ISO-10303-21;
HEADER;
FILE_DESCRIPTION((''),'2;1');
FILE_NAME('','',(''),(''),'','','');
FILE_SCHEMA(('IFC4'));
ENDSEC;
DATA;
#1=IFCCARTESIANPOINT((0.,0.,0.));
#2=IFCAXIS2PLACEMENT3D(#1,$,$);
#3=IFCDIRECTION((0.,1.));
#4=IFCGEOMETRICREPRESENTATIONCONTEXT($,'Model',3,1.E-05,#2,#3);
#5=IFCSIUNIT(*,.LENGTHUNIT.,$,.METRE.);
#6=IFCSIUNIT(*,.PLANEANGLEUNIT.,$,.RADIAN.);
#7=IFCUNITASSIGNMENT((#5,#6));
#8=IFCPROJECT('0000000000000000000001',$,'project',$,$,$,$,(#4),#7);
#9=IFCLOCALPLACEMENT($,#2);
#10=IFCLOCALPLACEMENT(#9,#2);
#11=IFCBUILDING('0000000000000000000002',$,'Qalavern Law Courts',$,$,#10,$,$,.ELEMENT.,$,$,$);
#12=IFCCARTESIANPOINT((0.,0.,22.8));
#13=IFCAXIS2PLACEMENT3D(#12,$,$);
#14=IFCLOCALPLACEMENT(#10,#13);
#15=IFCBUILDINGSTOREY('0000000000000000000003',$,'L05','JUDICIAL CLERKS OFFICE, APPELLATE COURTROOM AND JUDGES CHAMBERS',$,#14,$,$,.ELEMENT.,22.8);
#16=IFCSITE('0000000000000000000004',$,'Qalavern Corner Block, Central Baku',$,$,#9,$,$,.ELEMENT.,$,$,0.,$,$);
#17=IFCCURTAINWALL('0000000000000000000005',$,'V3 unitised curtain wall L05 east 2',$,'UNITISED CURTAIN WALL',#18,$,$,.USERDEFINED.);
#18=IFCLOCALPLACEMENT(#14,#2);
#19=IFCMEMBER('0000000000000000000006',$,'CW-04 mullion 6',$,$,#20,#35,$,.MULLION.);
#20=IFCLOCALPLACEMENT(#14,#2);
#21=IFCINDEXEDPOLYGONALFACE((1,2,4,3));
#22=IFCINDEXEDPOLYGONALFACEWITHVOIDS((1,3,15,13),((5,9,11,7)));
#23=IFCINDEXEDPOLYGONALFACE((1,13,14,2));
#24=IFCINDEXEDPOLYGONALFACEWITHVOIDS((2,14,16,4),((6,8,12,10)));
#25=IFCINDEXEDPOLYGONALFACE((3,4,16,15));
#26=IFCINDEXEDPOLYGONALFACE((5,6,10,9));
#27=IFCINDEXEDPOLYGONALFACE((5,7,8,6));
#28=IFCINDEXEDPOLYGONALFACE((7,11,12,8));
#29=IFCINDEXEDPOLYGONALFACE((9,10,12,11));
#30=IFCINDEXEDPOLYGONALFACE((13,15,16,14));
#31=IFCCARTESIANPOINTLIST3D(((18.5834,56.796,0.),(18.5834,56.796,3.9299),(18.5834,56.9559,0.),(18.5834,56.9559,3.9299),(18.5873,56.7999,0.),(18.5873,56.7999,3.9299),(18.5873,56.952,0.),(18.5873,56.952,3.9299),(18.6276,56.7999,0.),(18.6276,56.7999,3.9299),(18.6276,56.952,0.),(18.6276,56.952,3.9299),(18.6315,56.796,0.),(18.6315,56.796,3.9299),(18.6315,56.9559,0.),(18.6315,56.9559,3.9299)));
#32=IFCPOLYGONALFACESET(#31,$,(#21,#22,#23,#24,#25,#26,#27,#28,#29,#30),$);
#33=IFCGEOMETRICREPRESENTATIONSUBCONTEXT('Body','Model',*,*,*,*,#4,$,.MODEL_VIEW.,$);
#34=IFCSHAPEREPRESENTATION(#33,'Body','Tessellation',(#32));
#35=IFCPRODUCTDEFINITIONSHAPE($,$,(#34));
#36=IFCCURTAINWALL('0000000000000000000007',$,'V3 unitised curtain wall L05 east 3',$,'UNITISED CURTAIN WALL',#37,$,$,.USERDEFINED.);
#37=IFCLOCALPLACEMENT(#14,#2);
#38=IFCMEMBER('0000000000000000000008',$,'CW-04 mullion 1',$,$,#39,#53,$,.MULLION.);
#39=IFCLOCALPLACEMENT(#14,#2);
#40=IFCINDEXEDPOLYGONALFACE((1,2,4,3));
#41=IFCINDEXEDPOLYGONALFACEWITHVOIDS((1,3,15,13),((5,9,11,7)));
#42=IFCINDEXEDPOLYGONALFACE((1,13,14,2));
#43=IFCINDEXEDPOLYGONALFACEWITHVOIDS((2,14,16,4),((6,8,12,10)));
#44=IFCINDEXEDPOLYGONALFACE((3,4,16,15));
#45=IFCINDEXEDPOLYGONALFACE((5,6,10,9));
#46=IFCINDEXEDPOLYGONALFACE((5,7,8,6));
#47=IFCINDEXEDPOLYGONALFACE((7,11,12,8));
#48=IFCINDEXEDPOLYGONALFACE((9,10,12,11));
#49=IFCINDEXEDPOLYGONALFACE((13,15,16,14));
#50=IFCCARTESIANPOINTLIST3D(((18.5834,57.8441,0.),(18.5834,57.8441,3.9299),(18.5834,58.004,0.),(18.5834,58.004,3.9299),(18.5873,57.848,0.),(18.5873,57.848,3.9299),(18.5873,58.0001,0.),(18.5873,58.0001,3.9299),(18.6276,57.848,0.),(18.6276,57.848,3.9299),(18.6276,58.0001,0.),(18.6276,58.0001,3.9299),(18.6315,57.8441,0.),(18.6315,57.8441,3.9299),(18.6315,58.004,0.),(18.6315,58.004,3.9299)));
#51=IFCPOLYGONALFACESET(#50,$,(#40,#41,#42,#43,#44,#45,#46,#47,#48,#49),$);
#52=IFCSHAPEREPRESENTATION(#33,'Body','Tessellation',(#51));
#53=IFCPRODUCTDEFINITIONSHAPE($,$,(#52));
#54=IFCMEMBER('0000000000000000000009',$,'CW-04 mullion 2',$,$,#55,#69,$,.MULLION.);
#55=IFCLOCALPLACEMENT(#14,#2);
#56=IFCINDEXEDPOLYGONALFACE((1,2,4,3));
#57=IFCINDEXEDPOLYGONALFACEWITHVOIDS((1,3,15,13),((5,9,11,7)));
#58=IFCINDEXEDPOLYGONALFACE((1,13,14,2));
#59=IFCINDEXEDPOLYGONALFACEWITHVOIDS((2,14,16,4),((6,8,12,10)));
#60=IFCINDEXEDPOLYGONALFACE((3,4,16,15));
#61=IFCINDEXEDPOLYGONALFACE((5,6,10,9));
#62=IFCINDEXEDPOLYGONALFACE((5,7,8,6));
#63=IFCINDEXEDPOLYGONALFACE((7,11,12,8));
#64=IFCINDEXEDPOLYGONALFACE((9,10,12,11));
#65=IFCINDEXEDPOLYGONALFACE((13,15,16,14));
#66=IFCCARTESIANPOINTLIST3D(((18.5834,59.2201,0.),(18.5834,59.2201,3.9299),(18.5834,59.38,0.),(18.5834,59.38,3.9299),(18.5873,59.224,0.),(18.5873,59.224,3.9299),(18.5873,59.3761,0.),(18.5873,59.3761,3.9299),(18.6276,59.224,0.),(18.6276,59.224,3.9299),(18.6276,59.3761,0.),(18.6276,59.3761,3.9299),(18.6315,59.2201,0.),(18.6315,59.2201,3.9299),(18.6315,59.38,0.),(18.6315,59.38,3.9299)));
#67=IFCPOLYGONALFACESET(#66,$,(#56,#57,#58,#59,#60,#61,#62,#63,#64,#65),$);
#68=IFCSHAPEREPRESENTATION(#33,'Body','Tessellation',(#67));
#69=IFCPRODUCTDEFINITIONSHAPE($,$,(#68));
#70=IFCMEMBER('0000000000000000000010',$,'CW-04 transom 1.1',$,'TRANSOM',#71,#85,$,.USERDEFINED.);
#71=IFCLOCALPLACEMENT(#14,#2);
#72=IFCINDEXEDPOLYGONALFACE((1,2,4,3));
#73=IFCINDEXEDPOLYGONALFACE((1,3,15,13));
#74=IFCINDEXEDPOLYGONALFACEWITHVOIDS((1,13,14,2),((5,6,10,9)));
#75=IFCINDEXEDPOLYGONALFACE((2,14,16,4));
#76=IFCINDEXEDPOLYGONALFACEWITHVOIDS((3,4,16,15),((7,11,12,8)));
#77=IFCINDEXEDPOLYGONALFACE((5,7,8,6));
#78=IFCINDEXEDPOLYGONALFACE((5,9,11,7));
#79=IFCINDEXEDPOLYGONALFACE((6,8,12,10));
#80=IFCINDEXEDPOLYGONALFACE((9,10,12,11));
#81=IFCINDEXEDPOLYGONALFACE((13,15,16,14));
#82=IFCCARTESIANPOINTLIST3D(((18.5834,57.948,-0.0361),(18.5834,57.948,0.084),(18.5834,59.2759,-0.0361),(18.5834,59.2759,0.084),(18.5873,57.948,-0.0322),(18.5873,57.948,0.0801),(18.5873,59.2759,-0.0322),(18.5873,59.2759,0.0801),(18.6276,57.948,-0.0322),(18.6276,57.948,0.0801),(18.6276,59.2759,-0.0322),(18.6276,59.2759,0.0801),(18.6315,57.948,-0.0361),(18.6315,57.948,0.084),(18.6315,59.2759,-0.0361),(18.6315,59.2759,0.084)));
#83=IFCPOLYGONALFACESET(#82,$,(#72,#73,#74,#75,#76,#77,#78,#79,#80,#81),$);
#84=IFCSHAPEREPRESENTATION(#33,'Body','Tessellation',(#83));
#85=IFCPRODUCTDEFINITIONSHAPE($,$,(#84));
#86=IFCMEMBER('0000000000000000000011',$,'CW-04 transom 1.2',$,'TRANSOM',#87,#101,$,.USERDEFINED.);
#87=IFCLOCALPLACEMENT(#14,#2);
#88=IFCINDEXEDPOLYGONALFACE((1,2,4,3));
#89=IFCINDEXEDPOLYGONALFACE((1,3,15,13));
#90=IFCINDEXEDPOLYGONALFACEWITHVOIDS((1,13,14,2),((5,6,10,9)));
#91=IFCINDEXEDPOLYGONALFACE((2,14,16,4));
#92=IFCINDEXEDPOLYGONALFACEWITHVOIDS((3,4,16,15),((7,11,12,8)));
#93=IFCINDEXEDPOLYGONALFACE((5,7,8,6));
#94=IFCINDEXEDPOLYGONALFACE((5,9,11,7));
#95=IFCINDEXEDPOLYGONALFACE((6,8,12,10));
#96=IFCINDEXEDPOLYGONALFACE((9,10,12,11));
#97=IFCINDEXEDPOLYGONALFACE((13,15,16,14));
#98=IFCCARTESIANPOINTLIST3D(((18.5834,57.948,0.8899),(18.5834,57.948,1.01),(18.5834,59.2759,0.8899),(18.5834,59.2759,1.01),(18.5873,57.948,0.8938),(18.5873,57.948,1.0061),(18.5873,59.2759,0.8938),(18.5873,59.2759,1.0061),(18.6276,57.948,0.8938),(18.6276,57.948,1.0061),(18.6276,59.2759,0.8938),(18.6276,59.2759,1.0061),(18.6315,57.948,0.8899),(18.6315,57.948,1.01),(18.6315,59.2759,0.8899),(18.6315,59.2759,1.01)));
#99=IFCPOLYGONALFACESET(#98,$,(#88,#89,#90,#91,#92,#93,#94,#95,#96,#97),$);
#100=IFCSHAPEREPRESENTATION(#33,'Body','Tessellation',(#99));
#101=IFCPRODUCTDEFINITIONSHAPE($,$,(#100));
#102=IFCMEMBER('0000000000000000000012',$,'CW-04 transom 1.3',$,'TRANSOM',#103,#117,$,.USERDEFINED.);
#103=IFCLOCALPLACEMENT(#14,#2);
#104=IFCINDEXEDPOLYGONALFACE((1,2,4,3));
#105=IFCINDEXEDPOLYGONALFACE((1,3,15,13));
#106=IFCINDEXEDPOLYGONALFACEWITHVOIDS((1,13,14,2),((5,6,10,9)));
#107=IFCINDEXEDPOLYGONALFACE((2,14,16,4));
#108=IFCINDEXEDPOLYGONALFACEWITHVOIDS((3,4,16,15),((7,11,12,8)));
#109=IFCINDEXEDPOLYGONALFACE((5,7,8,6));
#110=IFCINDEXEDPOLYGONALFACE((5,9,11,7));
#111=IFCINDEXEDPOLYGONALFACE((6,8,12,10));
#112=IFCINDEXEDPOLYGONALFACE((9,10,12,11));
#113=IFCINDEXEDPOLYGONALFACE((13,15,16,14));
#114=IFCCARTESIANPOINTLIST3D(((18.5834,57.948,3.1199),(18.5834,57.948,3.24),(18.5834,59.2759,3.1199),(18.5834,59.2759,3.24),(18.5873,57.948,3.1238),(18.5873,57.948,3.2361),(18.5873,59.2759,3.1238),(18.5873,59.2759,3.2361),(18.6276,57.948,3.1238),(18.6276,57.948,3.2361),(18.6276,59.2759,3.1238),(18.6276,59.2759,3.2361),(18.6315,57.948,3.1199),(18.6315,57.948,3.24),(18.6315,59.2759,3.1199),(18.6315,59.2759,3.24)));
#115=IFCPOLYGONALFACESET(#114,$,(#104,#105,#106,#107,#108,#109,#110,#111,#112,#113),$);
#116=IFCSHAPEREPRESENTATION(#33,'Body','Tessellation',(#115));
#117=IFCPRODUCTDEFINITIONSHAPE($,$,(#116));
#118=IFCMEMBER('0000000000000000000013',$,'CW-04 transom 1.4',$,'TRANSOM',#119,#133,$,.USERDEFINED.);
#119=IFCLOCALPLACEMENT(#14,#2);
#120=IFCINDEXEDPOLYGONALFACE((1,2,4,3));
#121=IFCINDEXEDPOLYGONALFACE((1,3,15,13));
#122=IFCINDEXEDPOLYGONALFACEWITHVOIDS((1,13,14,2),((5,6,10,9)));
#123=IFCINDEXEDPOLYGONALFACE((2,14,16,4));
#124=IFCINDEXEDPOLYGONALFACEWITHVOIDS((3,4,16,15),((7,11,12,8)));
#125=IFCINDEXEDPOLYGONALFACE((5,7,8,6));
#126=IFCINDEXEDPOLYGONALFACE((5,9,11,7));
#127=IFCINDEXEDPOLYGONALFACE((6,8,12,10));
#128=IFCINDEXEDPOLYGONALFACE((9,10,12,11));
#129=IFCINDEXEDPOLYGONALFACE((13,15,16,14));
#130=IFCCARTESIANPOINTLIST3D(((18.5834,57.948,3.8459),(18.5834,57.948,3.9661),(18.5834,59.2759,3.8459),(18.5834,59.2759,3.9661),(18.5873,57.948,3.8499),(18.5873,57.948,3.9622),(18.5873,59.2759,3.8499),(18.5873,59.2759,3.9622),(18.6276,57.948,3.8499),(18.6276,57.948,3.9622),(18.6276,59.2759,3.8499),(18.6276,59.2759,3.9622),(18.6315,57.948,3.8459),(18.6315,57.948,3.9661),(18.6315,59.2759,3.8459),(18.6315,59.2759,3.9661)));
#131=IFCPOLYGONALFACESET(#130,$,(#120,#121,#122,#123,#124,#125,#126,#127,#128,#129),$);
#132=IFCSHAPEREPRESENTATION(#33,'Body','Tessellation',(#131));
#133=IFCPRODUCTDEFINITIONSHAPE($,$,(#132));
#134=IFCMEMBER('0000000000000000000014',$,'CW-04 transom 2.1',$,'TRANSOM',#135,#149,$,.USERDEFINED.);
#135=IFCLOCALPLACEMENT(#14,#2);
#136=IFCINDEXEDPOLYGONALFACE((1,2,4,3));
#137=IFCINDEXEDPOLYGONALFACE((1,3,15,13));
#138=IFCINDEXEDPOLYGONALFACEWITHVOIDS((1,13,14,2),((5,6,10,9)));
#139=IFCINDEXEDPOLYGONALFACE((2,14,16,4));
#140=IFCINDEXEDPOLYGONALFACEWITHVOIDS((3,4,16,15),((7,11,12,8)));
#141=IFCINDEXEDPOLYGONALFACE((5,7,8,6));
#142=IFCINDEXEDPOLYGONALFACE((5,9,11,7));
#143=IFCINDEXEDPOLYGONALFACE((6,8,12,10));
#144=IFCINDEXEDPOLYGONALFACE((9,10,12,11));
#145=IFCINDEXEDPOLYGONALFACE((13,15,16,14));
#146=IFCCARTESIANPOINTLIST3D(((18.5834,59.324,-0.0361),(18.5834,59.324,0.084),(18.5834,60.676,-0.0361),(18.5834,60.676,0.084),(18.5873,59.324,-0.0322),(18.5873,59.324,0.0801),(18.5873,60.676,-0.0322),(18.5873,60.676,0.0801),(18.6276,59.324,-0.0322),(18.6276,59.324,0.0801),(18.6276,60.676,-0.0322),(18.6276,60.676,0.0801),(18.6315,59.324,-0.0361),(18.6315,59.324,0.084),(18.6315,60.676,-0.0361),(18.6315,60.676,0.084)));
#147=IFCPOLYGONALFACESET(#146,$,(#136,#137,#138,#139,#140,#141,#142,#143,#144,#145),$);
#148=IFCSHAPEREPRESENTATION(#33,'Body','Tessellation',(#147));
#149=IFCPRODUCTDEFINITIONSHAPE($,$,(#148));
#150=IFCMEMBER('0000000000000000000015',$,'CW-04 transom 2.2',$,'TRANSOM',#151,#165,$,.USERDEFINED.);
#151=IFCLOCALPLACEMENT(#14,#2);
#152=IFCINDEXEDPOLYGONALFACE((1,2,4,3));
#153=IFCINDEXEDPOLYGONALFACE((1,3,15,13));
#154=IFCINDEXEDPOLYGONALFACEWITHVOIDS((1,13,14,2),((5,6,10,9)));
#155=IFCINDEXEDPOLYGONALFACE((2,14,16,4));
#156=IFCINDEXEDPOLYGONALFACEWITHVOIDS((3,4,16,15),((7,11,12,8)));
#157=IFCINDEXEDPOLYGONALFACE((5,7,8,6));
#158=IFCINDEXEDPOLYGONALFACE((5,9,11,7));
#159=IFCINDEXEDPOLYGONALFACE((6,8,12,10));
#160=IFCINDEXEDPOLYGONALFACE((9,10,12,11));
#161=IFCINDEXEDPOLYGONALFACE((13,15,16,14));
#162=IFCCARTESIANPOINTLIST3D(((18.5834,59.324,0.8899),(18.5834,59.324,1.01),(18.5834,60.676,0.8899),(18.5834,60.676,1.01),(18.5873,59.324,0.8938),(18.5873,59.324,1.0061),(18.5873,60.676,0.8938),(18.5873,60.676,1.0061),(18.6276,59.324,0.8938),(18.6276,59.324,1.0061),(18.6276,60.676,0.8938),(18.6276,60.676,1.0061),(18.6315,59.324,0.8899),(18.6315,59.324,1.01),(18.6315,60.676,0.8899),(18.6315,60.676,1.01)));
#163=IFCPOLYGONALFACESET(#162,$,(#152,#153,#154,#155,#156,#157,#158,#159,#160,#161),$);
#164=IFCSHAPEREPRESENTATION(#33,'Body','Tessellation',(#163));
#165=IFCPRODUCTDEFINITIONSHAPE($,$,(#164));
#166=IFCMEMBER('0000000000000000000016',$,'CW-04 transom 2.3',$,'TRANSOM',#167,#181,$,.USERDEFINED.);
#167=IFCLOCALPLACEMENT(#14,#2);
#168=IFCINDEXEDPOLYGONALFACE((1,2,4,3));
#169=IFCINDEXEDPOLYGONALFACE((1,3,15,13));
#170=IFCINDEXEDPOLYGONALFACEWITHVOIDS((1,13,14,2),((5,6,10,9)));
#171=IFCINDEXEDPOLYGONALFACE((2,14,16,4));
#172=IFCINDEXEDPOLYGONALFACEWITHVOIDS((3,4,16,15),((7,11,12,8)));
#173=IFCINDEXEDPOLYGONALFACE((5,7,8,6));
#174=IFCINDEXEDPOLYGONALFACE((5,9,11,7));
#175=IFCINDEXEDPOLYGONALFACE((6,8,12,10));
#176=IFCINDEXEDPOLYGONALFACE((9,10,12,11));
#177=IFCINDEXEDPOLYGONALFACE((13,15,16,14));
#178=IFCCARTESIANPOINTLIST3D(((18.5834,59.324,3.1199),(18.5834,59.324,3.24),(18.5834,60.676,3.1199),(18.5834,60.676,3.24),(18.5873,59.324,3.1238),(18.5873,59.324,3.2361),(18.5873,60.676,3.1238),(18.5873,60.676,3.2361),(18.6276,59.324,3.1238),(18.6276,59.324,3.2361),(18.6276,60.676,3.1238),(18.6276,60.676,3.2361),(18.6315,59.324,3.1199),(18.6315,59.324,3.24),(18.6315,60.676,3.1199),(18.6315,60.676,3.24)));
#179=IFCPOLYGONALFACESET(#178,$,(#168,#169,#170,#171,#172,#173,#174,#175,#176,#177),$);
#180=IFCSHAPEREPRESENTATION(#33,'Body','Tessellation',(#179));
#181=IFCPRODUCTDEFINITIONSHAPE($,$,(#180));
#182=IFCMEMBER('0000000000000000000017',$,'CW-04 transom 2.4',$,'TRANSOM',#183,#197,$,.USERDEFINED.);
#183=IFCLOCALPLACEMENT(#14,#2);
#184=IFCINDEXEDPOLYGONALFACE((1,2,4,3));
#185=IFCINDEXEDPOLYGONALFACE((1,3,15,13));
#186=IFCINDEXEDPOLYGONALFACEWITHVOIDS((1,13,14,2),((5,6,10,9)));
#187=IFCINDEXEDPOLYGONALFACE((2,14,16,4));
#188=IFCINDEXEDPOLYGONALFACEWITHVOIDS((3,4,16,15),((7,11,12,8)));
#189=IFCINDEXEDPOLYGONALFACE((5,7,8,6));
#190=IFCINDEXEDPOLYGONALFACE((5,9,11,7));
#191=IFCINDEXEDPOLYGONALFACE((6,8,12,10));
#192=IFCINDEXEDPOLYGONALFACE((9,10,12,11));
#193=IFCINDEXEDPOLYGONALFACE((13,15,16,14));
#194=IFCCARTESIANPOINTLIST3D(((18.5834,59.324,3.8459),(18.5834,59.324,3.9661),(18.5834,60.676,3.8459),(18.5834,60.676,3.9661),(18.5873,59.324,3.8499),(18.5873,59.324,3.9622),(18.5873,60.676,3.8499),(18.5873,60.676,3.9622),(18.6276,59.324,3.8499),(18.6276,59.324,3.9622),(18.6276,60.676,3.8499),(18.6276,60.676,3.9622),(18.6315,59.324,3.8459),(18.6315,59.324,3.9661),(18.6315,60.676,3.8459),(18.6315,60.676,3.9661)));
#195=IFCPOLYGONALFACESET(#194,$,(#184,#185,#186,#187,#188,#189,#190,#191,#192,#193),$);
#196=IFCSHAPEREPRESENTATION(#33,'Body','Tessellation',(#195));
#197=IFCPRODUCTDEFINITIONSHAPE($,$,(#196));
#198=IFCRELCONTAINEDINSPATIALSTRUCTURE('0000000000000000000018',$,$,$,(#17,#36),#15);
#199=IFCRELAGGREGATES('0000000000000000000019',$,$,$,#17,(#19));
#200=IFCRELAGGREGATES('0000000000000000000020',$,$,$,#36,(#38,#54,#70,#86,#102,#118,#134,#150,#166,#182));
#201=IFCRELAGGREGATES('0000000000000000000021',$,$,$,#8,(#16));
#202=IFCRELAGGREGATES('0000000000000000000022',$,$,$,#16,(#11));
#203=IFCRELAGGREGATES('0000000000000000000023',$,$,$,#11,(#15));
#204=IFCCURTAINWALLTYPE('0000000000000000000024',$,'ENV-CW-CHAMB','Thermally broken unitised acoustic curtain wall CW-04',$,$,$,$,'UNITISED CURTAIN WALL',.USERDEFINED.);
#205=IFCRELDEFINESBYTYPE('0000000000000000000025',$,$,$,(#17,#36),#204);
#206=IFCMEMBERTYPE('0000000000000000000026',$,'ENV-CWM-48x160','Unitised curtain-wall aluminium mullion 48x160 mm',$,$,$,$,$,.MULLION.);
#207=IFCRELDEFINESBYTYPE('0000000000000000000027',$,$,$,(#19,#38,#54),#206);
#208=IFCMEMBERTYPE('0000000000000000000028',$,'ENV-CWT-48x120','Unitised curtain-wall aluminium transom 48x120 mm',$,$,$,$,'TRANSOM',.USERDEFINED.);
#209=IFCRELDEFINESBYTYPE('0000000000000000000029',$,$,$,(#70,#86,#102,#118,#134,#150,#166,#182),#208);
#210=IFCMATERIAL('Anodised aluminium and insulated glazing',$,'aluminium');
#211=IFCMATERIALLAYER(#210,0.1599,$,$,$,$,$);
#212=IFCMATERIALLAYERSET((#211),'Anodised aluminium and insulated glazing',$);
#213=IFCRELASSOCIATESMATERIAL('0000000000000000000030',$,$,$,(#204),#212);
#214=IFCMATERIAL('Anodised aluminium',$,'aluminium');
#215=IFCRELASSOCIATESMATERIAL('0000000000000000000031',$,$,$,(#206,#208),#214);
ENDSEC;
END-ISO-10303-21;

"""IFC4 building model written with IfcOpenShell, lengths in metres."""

from ifc_helpers import new_model, si_unit, direction, frame, origin, origin_2d, place, context, subcontext, project, spatial, hollow_rectangle, extrude, material, layer, layer_set, material_profile, profile_set, type_object, element, aggregate, save


model = new_model("IFC4")

# Units and contexts
model_context = context("Model", 3, precision=1e-05, world=origin(), true_north=direction((0.0, 1.0)))
body_context = subcontext(model_context, "Body", "Model", "MODEL_VIEW")
ifc_project = project(units=[si_unit("LENGTHUNIT", "METRE"), si_unit("PLANEANGLEUNIT", "RADIAN")], contexts=[model_context])

# Site, building, storey
site_placement = place(None, origin())
site = spatial("IfcSite", under=ifc_project, at=site_placement, Name="Qalavern Corner Block, Central Baku", CompositionType="ELEMENT", RefElevation=0.0)
building_placement = place(site_placement, origin())
building = spatial("IfcBuilding", under=site, at=building_placement, Name="Qalavern Law Courts", CompositionType="ELEMENT")
storey_placement = place(building_placement, frame((0.0, 0.0, 22.8)))
storey = spatial("IfcBuildingStorey", under=building, at=storey_placement, Name="L05", Description="JUDICIAL CLERKS OFFICE, APPELLATE COURTROOM AND JUDGES CHAMBERS", CompositionType="ELEMENT", Elevation=22.8)

# Curtain wall, member
ifc_material_1 = material(Name="Anodised aluminium and insulated glazing", Category="aluminium")
ifc_layer_1 = layer(ifc_material_1, 0.1599)
ifc_layer_set_1 = layer_set([ifc_layer_1], Name="Anodised aluminium and insulated glazing")
curtain_wall_type = type_object("IfcCurtainWallType", Name="ENV-CW-CHAMB", Description="Thermally broken unitised acoustic curtain wall CW-04", ElementType="UNITISED CURTAIN WALL", PredefinedType="USERDEFINED", material=ifc_layer_set_1)
curtain_wall_1_placement = place(storey_placement, origin())
curtain_wall_1 = element("IfcCurtainWall", 1, at=curtain_wall_1_placement, inside=storey, type_object=curtain_wall_type, Name="V3 unitised curtain wall L05 east 2", ObjectType="UNITISED CURTAIN WALL", PredefinedType="USERDEFINED")
ifc_material_2 = material(Name="Anodised aluminium", Category="aluminium")
ifc_material_profile_1 = material_profile(ifc_material_2, hollow_rectangle(XDim=0.0481, YDim=0.1599, WallThickness=0.0039, at=origin_2d()), Name="ALU MULLION 48x160")
ifc_profile_set_1 = profile_set([ifc_material_profile_1], Name="Anodised aluminium")
member_type_1 = type_object("IfcMemberType", Name="ENV-CWM-48x160", Description="Unitised curtain-wall aluminium mullion 48x160 mm", PredefinedType="MULLION", material=ifc_profile_set_1)
member_1_placement = place(storey_placement, frame((18.6074, 56.876, 0.0), z_axis=(0.0, 0.0, 1.0), x_axis=(-1.0, 0.0, 0.0)))
member_1 = element("IfcMember", 2, at=member_1_placement, type_object=member_type_1, Name="CW-04 mullion 6", PredefinedType="MULLION", context=body_context, shape_type="SweptSolid", body=[
    extrude(hollow_rectangle(XDim=0.0481, YDim=0.1599, WallThickness=0.0039, at=origin_2d()), origin(), (0.0, 0.0, 1.0), 3.9299),
])

# Curtain wall, members
curtain_wall_2_placement = place(storey_placement, origin())
curtain_wall_2 = element("IfcCurtainWall", 3, at=curtain_wall_2_placement, inside=storey, type_object=curtain_wall_type, Name="V3 unitised curtain wall L05 east 3", ObjectType="UNITISED CURTAIN WALL", PredefinedType="USERDEFINED")
member_2_placement = place(storey_placement, frame((18.6074, 57.9241, 0.0), z_axis=(0.0, 0.0, 1.0), x_axis=(-1.0, 0.0, 0.0)))
member_2 = element("IfcMember", 4, at=member_2_placement, type_object=member_type_1, Name="CW-04 mullion 1", PredefinedType="MULLION", context=body_context, shape_type="SweptSolid", body=[
    extrude(hollow_rectangle(XDim=0.0481, YDim=0.1599, WallThickness=0.0039, at=origin_2d()), origin(), (0.0, 0.0, 1.0), 3.9299),
])
member_3_placement = place(storey_placement, frame((18.6074, 59.3, 0.0), z_axis=(0.0, 0.0, 1.0), x_axis=(-1.0, 0.0, 0.0)))
member_3 = element("IfcMember", 5, at=member_3_placement, type_object=member_type_1, Name="CW-04 mullion 2", PredefinedType="MULLION", context=body_context, shape_type="SweptSolid", body=[
    extrude(hollow_rectangle(XDim=0.0481, YDim=0.1599, WallThickness=0.0039, at=origin_2d()), origin(), (0.0, 0.0, 1.0), 3.9299),
])
ifc_material_profile_2 = material_profile(ifc_material_2, hollow_rectangle(XDim=0.0481, YDim=0.1201, WallThickness=0.0039, at=origin_2d()), Name="ALU TRANSOM 48x120")
ifc_profile_set_2 = profile_set([ifc_material_profile_2], Name="Anodised aluminium")
member_type_2 = type_object("IfcMemberType", Name="ENV-CWT-48x120", Description="Unitised curtain-wall aluminium transom 48x120 mm", ElementType="TRANSOM", PredefinedType="USERDEFINED", material=ifc_profile_set_2)
member_4_placement = place(storey_placement, frame((18.6074, 57.948, 0.0239), z_axis=(0.0, 1.0, 0.0), x_axis=(-1.0, 0.0, 0.0)))
member_4 = element("IfcMember", 6, at=member_4_placement, type_object=member_type_2, Name="CW-04 transom 1.1", ObjectType="TRANSOM", PredefinedType="USERDEFINED", context=body_context, shape_type="SweptSolid", body=[
    extrude(hollow_rectangle(XDim=0.0481, YDim=0.1201, WallThickness=0.0039, at=origin_2d()), origin(), (0.0, 0.0, 1.0), 1.3279),
])
member_5_placement = place(storey_placement, frame((18.6074, 57.948, 0.95), z_axis=(0.0, 1.0, 0.0), x_axis=(-1.0, 0.0, 0.0)))
member_5 = element("IfcMember", 7, at=member_5_placement, type_object=member_type_2, Name="CW-04 transom 1.2", ObjectType="TRANSOM", PredefinedType="USERDEFINED", context=body_context, shape_type="SweptSolid", body=[
    extrude(hollow_rectangle(XDim=0.0481, YDim=0.1201, WallThickness=0.0039, at=origin_2d()), origin(), (0.0, 0.0, 1.0), 1.3279),
])
member_6_placement = place(storey_placement, frame((18.6074, 57.948, 3.1799), z_axis=(0.0, 1.0, 0.0), x_axis=(-1.0, 0.0, 0.0)))
member_6 = element("IfcMember", 8, at=member_6_placement, type_object=member_type_2, Name="CW-04 transom 1.3", ObjectType="TRANSOM", PredefinedType="USERDEFINED", context=body_context, shape_type="SweptSolid", body=[
    extrude(hollow_rectangle(XDim=0.0481, YDim=0.1201, WallThickness=0.0039, at=origin_2d()), origin(), (0.0, 0.0, 1.0), 1.3279),
])
member_7_placement = place(storey_placement, frame((18.6074, 57.948, 3.906), z_axis=(0.0, 1.0, 0.0), x_axis=(-1.0, 0.0, 0.0)))
member_7 = element("IfcMember", 9, at=member_7_placement, type_object=member_type_2, Name="CW-04 transom 1.4", ObjectType="TRANSOM", PredefinedType="USERDEFINED", context=body_context, shape_type="SweptSolid", body=[
    extrude(hollow_rectangle(XDim=0.0481, YDim=0.1201, WallThickness=0.0039, at=origin_2d()), origin(), (0.0, 0.0, 1.0), 1.3279),
])
member_8_placement = place(storey_placement, frame((18.6074, 59.324, 0.0239), z_axis=(0.0, 1.0, 0.0), x_axis=(-1.0, 0.0, 0.0)))
member_8 = element("IfcMember", 10, at=member_8_placement, type_object=member_type_2, Name="CW-04 transom 2.1", ObjectType="TRANSOM", PredefinedType="USERDEFINED", context=body_context, shape_type="SweptSolid", body=[
    extrude(hollow_rectangle(XDim=0.0481, YDim=0.1201, WallThickness=0.0039, at=origin_2d()), origin(), (0.0, 0.0, 1.0), 1.3521),
])
member_9_placement = place(storey_placement, frame((18.6074, 59.324, 0.95), z_axis=(0.0, 1.0, 0.0), x_axis=(-1.0, 0.0, 0.0)))
member_9 = element("IfcMember", 11, at=member_9_placement, type_object=member_type_2, Name="CW-04 transom 2.2", ObjectType="TRANSOM", PredefinedType="USERDEFINED", context=body_context, shape_type="SweptSolid", body=[
    extrude(hollow_rectangle(XDim=0.0481, YDim=0.1201, WallThickness=0.0039, at=origin_2d()), origin(), (0.0, 0.0, 1.0), 1.3521),
])
member_10_placement = place(storey_placement, frame((18.6074, 59.324, 3.1799), z_axis=(0.0, 1.0, 0.0), x_axis=(-1.0, 0.0, 0.0)))
member_10 = element("IfcMember", 12, at=member_10_placement, type_object=member_type_2, Name="CW-04 transom 2.3", ObjectType="TRANSOM", PredefinedType="USERDEFINED", context=body_context, shape_type="SweptSolid", body=[
    extrude(hollow_rectangle(XDim=0.0481, YDim=0.1201, WallThickness=0.0039, at=origin_2d()), origin(), (0.0, 0.0, 1.0), 1.3521),
])
member_11_placement = place(storey_placement, frame((18.6074, 59.324, 3.906), z_axis=(0.0, 1.0, 0.0), x_axis=(-1.0, 0.0, 0.0)))
member_11 = element("IfcMember", 13, at=member_11_placement, type_object=member_type_2, Name="CW-04 transom 2.4", ObjectType="TRANSOM", PredefinedType="USERDEFINED", context=body_context, shape_type="SweptSolid", body=[
    extrude(hollow_rectangle(XDim=0.0481, YDim=0.1201, WallThickness=0.0039, at=origin_2d()), origin(), (0.0, 0.0, 1.0), 1.3521),
])

aggregate(curtain_wall_1, [member_1])
aggregate(curtain_wall_2, [member_2, member_3, member_4, member_5, member_6, member_7, member_8, member_9, member_10, member_11])

save(model, "model.ifc")
